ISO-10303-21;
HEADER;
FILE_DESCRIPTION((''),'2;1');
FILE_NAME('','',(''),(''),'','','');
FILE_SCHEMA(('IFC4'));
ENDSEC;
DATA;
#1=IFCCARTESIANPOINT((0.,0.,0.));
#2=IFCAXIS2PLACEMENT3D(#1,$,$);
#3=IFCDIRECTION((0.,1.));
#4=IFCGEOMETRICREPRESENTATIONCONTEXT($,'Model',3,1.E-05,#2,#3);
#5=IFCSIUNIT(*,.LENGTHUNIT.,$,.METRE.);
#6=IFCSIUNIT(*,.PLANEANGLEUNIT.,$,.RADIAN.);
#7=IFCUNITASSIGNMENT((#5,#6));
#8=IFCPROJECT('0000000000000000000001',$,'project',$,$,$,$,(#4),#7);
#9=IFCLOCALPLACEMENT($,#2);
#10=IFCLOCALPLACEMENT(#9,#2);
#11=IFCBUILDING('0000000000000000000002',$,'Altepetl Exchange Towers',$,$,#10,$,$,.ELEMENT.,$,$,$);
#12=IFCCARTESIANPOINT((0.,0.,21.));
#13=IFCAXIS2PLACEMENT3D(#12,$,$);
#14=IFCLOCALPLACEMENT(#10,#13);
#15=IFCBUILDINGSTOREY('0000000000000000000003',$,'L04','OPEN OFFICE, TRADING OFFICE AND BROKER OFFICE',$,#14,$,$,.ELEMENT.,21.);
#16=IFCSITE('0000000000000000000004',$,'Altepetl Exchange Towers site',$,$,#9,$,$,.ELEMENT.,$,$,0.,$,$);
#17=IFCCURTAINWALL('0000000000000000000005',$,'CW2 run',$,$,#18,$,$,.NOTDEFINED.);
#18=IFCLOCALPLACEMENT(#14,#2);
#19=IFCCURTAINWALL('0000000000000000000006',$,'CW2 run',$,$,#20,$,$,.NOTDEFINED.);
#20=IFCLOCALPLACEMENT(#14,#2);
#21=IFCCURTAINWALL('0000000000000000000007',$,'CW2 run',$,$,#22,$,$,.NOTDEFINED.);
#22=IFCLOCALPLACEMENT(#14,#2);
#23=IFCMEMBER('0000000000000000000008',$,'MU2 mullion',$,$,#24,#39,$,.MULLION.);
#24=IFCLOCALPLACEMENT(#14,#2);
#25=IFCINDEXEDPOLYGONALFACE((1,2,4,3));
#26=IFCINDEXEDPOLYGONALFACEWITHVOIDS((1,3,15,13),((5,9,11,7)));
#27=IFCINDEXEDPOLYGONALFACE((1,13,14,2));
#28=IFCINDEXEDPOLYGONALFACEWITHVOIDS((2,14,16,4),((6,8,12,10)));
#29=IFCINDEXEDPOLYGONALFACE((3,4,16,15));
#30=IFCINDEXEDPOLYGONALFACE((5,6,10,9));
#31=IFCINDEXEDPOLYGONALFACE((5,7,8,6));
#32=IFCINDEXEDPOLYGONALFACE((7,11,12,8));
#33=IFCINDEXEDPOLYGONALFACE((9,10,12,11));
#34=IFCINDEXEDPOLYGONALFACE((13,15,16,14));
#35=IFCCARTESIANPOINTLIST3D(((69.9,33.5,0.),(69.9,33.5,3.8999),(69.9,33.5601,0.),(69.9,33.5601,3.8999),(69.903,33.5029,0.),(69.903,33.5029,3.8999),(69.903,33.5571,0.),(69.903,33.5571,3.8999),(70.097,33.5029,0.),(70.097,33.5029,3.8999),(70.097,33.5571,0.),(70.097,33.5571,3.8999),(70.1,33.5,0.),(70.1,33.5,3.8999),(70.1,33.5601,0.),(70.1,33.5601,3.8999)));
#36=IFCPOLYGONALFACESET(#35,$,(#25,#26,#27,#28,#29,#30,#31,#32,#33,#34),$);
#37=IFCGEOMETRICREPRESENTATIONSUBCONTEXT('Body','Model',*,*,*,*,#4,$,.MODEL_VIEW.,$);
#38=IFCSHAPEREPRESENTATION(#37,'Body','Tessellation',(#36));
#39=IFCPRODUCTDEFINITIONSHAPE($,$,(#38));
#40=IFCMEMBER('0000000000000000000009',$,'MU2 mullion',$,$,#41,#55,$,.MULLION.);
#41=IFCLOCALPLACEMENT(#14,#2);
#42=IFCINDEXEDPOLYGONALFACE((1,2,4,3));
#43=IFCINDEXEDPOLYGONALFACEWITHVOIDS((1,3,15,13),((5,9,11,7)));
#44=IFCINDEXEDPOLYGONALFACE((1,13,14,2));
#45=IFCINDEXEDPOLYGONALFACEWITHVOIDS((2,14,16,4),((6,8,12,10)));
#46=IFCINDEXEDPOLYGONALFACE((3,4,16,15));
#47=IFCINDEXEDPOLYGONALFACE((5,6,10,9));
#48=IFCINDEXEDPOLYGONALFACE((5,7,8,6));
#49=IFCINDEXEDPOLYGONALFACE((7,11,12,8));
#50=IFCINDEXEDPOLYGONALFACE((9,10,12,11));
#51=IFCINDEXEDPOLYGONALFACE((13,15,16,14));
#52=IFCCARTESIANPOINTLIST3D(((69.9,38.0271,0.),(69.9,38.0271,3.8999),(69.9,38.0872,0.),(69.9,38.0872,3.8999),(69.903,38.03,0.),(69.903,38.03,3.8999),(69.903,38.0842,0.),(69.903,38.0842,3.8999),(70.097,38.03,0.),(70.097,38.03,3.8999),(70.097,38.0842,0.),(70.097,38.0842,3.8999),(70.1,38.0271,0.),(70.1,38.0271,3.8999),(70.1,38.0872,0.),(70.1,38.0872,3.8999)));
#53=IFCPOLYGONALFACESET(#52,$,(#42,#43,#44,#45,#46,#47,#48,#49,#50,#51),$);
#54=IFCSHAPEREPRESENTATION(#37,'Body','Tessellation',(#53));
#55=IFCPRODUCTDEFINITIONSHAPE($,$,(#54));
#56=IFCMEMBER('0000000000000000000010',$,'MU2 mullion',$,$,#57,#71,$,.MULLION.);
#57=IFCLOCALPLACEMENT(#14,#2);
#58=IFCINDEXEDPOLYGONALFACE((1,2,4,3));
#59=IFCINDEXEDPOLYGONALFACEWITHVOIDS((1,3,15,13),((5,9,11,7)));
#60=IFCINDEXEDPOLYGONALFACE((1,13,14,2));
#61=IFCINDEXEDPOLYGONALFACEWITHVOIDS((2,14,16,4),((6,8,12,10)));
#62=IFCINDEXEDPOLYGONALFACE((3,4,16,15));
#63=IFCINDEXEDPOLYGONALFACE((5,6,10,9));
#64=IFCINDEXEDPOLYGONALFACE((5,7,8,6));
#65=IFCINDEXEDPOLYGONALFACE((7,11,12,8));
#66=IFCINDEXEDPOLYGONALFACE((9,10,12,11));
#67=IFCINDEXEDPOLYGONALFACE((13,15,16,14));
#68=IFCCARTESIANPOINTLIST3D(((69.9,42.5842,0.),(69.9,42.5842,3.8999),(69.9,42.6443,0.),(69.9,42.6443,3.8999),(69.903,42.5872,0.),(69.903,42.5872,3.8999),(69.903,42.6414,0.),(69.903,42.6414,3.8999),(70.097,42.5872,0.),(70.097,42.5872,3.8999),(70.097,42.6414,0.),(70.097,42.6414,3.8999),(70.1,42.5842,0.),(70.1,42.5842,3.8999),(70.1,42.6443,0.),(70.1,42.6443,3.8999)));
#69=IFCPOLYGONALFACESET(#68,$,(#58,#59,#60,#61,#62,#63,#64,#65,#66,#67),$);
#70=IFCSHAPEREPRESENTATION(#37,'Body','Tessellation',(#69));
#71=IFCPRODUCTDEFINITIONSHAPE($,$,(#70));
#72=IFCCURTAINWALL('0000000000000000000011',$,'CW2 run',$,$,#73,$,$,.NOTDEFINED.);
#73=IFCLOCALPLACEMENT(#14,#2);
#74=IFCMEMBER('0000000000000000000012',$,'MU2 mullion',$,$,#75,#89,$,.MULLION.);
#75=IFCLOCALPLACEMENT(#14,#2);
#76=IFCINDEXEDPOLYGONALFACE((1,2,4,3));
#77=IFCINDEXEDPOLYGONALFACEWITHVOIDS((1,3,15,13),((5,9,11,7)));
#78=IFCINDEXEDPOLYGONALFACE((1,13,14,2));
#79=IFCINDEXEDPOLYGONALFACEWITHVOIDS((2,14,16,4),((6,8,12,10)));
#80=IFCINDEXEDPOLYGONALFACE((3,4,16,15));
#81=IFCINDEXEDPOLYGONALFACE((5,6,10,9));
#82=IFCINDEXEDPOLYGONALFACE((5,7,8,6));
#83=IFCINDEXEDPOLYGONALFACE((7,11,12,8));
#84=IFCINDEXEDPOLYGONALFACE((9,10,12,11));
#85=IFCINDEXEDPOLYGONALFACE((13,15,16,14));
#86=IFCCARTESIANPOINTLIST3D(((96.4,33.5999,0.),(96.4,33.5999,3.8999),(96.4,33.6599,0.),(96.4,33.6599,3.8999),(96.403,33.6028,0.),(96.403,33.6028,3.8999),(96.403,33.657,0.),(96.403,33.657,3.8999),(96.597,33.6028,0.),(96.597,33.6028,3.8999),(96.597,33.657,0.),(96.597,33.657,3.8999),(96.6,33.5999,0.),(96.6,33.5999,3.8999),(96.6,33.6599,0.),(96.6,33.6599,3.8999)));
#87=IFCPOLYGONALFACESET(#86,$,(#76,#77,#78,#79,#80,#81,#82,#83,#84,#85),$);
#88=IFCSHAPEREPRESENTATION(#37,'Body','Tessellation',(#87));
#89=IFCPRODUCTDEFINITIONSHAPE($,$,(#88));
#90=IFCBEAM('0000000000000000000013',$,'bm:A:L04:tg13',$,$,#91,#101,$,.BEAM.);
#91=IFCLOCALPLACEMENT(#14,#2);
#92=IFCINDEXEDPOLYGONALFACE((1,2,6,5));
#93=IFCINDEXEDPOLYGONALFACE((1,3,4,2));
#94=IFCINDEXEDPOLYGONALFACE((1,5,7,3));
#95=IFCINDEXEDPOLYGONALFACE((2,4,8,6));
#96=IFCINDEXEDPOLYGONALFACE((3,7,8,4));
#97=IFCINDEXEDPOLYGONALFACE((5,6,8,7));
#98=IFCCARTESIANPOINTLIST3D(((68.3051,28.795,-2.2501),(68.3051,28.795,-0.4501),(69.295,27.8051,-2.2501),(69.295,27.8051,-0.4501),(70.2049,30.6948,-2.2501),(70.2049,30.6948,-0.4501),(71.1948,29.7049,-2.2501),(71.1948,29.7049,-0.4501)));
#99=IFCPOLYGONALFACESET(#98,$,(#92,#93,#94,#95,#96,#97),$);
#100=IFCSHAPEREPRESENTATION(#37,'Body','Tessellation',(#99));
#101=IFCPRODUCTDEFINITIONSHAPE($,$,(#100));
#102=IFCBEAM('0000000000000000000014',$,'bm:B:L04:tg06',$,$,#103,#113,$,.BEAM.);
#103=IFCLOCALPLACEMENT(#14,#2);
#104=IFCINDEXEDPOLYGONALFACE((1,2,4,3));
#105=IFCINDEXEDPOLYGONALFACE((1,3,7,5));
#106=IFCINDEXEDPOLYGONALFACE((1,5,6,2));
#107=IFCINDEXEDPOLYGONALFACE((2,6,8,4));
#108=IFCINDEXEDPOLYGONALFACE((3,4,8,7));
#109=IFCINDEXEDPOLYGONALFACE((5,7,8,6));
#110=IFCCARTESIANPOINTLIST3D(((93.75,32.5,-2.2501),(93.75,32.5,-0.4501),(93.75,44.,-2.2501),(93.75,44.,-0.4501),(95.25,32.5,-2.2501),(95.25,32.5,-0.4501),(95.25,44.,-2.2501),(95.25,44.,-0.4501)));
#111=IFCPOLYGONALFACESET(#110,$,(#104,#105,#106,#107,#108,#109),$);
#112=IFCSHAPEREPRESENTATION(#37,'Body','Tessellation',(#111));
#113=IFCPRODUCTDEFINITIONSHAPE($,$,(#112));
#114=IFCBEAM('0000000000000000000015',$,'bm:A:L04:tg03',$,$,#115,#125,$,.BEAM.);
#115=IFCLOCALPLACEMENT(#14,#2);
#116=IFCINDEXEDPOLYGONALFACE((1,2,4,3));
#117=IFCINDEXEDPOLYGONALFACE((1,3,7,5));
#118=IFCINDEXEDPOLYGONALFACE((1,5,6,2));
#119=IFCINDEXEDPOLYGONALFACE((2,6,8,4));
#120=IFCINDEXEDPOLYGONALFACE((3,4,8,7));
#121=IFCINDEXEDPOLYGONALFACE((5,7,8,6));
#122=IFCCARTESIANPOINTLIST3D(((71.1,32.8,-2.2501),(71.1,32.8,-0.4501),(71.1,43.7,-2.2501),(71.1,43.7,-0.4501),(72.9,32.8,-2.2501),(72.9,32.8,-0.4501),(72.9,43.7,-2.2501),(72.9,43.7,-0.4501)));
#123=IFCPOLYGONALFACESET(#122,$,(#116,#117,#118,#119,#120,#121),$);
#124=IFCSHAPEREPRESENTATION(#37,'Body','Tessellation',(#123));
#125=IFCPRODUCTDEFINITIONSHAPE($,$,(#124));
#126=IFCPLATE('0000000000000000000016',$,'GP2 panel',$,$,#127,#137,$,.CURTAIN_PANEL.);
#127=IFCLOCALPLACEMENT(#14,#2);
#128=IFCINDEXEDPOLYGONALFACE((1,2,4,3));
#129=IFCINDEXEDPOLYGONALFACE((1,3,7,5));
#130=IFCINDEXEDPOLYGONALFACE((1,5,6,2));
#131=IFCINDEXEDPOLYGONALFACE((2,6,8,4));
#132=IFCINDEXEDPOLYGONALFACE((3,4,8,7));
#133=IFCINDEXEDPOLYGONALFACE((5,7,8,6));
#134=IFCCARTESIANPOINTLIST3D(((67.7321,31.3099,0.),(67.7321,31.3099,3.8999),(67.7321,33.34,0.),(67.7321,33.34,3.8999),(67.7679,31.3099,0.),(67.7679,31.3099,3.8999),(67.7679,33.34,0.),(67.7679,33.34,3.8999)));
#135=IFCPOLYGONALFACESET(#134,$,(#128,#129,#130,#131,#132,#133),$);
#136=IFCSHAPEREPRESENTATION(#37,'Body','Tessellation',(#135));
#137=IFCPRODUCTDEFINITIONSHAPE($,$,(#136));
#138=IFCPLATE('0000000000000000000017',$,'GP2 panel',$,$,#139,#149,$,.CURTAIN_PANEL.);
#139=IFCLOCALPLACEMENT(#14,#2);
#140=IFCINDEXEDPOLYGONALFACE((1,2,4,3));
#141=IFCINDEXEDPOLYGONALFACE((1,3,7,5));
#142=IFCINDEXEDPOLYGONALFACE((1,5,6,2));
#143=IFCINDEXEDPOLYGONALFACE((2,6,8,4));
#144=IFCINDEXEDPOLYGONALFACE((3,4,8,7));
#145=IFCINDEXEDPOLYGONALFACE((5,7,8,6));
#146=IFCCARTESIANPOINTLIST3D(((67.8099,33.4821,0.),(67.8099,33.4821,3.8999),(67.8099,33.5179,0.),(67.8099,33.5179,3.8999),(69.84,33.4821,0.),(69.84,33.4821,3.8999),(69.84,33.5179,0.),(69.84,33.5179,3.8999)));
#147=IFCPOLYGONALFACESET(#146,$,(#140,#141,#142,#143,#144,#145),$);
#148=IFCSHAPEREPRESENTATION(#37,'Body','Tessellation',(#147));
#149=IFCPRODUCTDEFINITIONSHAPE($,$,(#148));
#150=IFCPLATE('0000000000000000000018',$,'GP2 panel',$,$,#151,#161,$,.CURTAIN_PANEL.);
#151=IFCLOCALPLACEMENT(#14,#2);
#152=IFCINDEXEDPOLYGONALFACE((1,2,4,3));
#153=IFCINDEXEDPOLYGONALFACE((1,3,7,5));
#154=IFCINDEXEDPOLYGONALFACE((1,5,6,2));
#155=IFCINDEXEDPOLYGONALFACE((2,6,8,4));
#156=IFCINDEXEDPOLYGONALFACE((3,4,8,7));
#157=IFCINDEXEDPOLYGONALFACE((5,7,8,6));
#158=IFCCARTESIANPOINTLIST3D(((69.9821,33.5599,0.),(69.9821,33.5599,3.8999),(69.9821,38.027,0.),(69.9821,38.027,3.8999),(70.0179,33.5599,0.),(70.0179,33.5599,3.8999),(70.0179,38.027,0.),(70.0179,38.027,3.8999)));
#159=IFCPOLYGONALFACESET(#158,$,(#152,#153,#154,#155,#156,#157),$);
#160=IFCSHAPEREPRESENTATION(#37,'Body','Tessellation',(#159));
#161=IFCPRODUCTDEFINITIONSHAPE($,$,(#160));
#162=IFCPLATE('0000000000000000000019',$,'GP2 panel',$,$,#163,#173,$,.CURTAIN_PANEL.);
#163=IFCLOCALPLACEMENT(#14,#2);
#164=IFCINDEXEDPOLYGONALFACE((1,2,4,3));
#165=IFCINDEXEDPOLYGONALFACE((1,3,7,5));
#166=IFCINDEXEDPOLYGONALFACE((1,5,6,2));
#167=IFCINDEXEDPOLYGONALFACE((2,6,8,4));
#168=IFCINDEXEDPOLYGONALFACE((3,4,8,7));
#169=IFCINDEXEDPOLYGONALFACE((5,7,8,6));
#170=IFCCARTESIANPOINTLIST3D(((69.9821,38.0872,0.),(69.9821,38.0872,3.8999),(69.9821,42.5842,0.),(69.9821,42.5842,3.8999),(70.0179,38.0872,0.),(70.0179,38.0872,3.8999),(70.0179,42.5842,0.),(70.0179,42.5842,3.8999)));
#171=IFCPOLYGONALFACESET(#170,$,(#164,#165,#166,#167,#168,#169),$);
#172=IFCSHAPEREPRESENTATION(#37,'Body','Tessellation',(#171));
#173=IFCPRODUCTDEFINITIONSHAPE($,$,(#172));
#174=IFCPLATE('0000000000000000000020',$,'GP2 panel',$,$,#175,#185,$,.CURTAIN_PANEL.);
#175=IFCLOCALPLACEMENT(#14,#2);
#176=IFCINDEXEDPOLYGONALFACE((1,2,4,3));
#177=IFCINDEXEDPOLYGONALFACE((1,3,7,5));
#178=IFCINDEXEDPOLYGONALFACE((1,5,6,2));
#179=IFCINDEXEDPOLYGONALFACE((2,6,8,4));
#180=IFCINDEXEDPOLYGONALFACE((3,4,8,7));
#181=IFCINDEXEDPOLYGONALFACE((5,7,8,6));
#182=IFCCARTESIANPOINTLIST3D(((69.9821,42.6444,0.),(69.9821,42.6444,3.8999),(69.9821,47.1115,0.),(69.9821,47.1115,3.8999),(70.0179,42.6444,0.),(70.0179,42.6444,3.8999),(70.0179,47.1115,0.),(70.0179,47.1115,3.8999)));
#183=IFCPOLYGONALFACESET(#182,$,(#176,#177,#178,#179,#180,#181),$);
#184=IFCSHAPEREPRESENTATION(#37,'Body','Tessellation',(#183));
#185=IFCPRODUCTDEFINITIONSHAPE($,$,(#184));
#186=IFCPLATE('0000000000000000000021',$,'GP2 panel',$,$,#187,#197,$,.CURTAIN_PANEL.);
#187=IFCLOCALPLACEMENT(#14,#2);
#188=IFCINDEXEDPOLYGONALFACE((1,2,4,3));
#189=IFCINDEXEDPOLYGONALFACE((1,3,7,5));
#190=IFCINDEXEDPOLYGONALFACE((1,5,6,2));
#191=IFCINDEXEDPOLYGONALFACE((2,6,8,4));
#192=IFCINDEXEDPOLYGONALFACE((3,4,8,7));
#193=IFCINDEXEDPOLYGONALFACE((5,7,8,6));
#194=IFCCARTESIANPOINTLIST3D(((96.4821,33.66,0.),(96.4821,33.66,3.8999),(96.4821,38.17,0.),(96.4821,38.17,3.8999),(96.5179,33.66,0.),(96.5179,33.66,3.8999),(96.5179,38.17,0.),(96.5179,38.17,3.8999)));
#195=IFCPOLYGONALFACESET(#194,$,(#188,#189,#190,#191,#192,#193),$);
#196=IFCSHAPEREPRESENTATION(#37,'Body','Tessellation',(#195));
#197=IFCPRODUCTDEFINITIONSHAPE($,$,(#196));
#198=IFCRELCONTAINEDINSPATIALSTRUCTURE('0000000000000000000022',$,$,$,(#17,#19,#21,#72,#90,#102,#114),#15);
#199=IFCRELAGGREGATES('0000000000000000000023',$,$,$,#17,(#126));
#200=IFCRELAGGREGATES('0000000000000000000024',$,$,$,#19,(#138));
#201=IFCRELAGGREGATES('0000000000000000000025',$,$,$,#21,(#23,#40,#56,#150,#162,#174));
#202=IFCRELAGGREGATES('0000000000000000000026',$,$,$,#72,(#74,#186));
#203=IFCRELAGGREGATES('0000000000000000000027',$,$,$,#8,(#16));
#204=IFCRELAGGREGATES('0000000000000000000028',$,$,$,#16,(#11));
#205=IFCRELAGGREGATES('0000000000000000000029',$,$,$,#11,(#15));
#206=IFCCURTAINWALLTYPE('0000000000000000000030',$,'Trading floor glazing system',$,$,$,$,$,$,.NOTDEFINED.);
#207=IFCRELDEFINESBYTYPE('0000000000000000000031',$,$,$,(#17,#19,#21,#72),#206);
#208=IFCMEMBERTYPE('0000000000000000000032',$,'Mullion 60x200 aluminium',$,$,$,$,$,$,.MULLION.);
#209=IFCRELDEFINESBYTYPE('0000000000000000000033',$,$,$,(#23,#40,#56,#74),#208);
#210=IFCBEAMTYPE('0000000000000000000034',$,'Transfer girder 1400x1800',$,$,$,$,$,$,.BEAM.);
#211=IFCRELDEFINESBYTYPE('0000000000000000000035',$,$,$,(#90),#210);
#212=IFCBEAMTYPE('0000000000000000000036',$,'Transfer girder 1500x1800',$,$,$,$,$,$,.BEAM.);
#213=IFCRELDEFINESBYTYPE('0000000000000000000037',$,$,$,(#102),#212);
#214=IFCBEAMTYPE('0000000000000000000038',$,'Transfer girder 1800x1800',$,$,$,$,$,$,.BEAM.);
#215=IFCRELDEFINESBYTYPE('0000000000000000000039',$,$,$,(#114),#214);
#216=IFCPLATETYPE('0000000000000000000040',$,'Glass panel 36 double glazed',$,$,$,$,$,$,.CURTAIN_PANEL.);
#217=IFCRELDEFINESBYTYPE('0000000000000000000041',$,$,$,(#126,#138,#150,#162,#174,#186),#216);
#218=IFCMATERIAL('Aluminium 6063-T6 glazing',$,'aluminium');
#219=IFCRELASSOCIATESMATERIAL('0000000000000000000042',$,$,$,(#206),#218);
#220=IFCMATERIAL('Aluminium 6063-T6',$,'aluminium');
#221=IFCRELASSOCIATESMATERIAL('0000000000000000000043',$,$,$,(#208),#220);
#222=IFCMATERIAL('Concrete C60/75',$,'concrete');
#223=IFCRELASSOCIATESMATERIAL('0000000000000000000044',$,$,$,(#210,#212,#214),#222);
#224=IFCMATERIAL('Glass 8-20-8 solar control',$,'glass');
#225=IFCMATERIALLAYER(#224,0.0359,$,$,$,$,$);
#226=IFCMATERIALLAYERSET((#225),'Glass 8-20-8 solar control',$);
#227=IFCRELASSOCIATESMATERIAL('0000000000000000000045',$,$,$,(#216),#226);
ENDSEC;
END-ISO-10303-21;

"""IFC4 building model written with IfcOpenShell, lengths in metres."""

from ifc_helpers import new_model, si_unit, direction, frame, origin, origin_2d, place, context, subcontext, project, spatial, rectangle, hollow_rectangle, extrude, material, layer, layer_set, material_profile, profile_set, type_object, element, aggregate, save


model = new_model("IFC4")

# Units and contexts
model_context = context("Model", 3, precision=1e-05, world=origin(), true_north=direction((0.0, 1.0)))
body_context = subcontext(model_context, "Body", "Model", "MODEL_VIEW")
ifc_project = project(units=[si_unit("LENGTHUNIT", "METRE"), si_unit("PLANEANGLEUNIT", "RADIAN")], contexts=[model_context])

# Site, building, storey
site_placement = place(None, origin())
site = spatial("IfcSite", under=ifc_project, at=site_placement, Name="Altepetl Exchange Towers site", CompositionType="ELEMENT", RefElevation=0.0)
building_placement = place(site_placement, origin())
building = spatial("IfcBuilding", under=site, at=building_placement, Name="Altepetl Exchange Towers", CompositionType="ELEMENT")
storey_placement = place(building_placement, frame((0.0, 0.0, 21.0)))
storey = spatial("IfcBuildingStorey", under=building, at=storey_placement, Name="L04", Description="OPEN OFFICE, TRADING OFFICE AND BROKER OFFICE", CompositionType="ELEMENT", Elevation=21.0)

# Shared definitions
ifc_material_1 = material(Name="Aluminium 6063-T6 glazing", Category="aluminium")
curtain_wall_type = type_object("IfcCurtainWallType", Name="Trading floor glazing system", PredefinedType="NOTDEFINED", material=ifc_material_1)
ifc_material_2 = material(Name="Aluminium 6063-T6", Category="aluminium")
ifc_material_profile_1 = material_profile(ifc_material_2, hollow_rectangle(XDim=0.0601, YDim=0.2, WallThickness=0.0029, at=origin_2d()), Name="Mullion 60x200 aluminium")
ifc_profile_set_1 = profile_set([ifc_material_profile_1], Name="Aluminium 6063-T6")
member_type = type_object("IfcMemberType", Name="Mullion 60x200 aluminium", PredefinedType="MULLION", material=ifc_profile_set_1)

# Curtain walls, members
curtain_wall_1_placement = place(storey_placement, origin())
curtain_wall_1 = element("IfcCurtainWall", 1, at=curtain_wall_1_placement, inside=storey, type_object=curtain_wall_type, Name="CW2 run", PredefinedType="NOTDEFINED")
curtain_wall_2_placement = place(storey_placement, origin())
curtain_wall_2 = element("IfcCurtainWall", 2, at=curtain_wall_2_placement, inside=storey, type_object=curtain_wall_type, Name="CW2 run", PredefinedType="NOTDEFINED")
curtain_wall_3_placement = place(storey_placement, origin())
curtain_wall_3 = element("IfcCurtainWall", 3, at=curtain_wall_3_placement, inside=storey, type_object=curtain_wall_type, Name="CW2 run", PredefinedType="NOTDEFINED")
member_1_placement = place(storey_placement, frame((70.0, 33.53, 0.0), z_axis=(0.0, 0.0, 1.0), x_axis=(0.0, 1.0, 0.0)))
member_1 = element("IfcMember", 4, at=member_1_placement, type_object=member_type, Name="MU2 mullion", PredefinedType="MULLION", context=body_context, shape_type="SweptSolid", body=[
    extrude(hollow_rectangle(XDim=0.0601, YDim=0.2, WallThickness=0.0029, at=origin_2d()), origin(), (0.0, 0.0, 1.0), 3.8999),
])
member_2_placement = place(storey_placement, frame((70.0, 38.0571, 0.0), z_axis=(0.0, 0.0, 1.0), x_axis=(0.0, 1.0, 0.0)))
member_2 = element("IfcMember", 5, at=member_2_placement, type_object=member_type, Name="MU2 mullion", PredefinedType="MULLION", context=body_context, shape_type="SweptSolid", body=[
    extrude(hollow_rectangle(XDim=0.0601, YDim=0.2, WallThickness=0.0029, at=origin_2d()), origin(), (0.0, 0.0, 1.0), 3.8999),
])
member_3_placement = place(storey_placement, frame((70.0, 42.6143, 0.0), z_axis=(0.0, 0.0, 1.0), x_axis=(0.0, 1.0, 0.0)))
member_3 = element("IfcMember", 6, at=member_3_placement, type_object=member_type, Name="MU2 mullion", PredefinedType="MULLION", context=body_context, shape_type="SweptSolid", body=[
    extrude(hollow_rectangle(XDim=0.0601, YDim=0.2, WallThickness=0.0029, at=origin_2d()), origin(), (0.0, 0.0, 1.0), 3.8999),
])

# Curtain wall, member
curtain_wall_4_placement = place(storey_placement, origin())
curtain_wall_4 = element("IfcCurtainWall", 7, at=curtain_wall_4_placement, inside=storey, type_object=curtain_wall_type, Name="CW2 run", PredefinedType="NOTDEFINED")
member_4_placement = place(storey_placement, frame((96.5, 33.6299, 0.0), z_axis=(0.0, 0.0, 1.0), x_axis=(0.0, -1.0, 0.0)))
member_4 = element("IfcMember", 8, at=member_4_placement, type_object=member_type, Name="MU2 mullion", PredefinedType="MULLION", context=body_context, shape_type="SweptSolid", body=[
    extrude(hollow_rectangle(XDim=0.0601, YDim=0.2, WallThickness=0.0029, at=origin_2d()), origin(), (0.0, 0.0, 1.0), 3.8999),
])

# Beams
ifc_material_3 = material(Name="Concrete C60/75", Category="concrete")
ifc_material_profile_2 = material_profile(ifc_material_3, rectangle(XDim=1.3999, YDim=1.8, at=origin_2d()), Name="1400 x 1800")
ifc_profile_set_2 = profile_set([ifc_material_profile_2], Name="Concrete C60/75")
beam_type_1 = type_object("IfcBeamType", Name="Transfer girder 1400x1800", PredefinedType="BEAM", material=ifc_profile_set_2)
beam_1_placement = place(storey_placement, frame((68.8, 28.3, -1.3501), z_axis=(0.707107, 0.707107, 0.0), x_axis=(-0.707107, 0.707107, 0.0)))
element("IfcBeam", 9, at=beam_1_placement, inside=storey, type_object=beam_type_1, Name="bm:A:L04:tg13", PredefinedType="BEAM", context=body_context, shape_type="SweptSolid", body=[
    extrude(rectangle(XDim=1.3999, YDim=1.8, at=origin_2d()), origin(), (0.0, 0.0, 1.0), 2.6868),
])
ifc_material_profile_3 = material_profile(ifc_material_3, rectangle(XDim=1.5, YDim=1.8, at=origin_2d()), Name="1500 x 1800")
ifc_profile_set_3 = profile_set([ifc_material_profile_3], Name="Concrete C60/75")
beam_type_2 = type_object("IfcBeamType", Name="Transfer girder 1500x1800", PredefinedType="BEAM", material=ifc_profile_set_3)
beam_2_placement = place(storey_placement, frame((94.5, 32.5, -1.3501), z_axis=(0.0, 1.0, 0.0), x_axis=(-1.0, 0.0, 0.0)))
element("IfcBeam", 10, at=beam_2_placement, inside=storey, type_object=beam_type_2, Name="bm:B:L04:tg06", PredefinedType="BEAM", context=body_context, shape_type="SweptSolid", body=[
    extrude(rectangle(XDim=1.5, YDim=1.8, at=origin_2d()), origin(), (0.0, 0.0, 1.0), 11.5),
])
ifc_material_profile_4 = material_profile(ifc_material_3, rectangle(XDim=1.8, YDim=1.8, at=origin_2d()), Name="1800 x 1800")
ifc_profile_set_4 = profile_set([ifc_material_profile_4], Name="Concrete C60/75")
beam_type_3 = type_object("IfcBeamType", Name="Transfer girder 1800x1800", PredefinedType="BEAM", material=ifc_profile_set_4)
beam_3_placement = place(storey_placement, frame((72.0, 32.8, -1.3501), z_axis=(0.0, 1.0, 0.0), x_axis=(-1.0, 0.0, 0.0)))
element("IfcBeam", 11, at=beam_3_placement, inside=storey, type_object=beam_type_3, Name="bm:A:L04:tg03", PredefinedType="BEAM", context=body_context, shape_type="SweptSolid", body=[
    extrude(rectangle(XDim=1.8, YDim=1.8, at=origin_2d()), origin(), (0.0, 0.0, 1.0), 10.8999),
])

# Plates
ifc_material_4 = material(Name="Glass 8-20-8 solar control", Category="glass")
ifc_layer = layer(ifc_material_4, 0.0359)
ifc_layer_set = layer_set([ifc_layer], Name="Glass 8-20-8 solar control")
plate_type = type_object("IfcPlateType", Name="Glass panel 36 double glazed", PredefinedType="CURTAIN_PANEL", material=ifc_layer_set)
plate_1_placement = place(storey_placement, frame((67.75, 32.325, 0.0), z_axis=(0.0, 0.0, 1.0), x_axis=(0.0, 1.0, 0.0)))
plate_1 = element("IfcPlate", 12, at=plate_1_placement, type_object=plate_type, Name="GP2 panel", PredefinedType="CURTAIN_PANEL", context=body_context, shape_type="SweptSolid", body=[
    extrude(rectangle(XDim=2.03, YDim=0.0359, at=origin_2d()), origin(), (0.0, 0.0, 1.0), 3.8999),
])
aggregate(curtain_wall_1, [plate_1])
plate_2_placement = place(storey_placement, frame((68.825, 33.5, 0.0)))
plate_2 = element("IfcPlate", 13, at=plate_2_placement, type_object=plate_type, Name="GP2 panel", PredefinedType="CURTAIN_PANEL", context=body_context, shape_type="SweptSolid", body=[
    extrude(rectangle(XDim=2.03, YDim=0.0359, at=origin_2d()), origin(), (0.0, 0.0, 1.0), 3.8999),
])
aggregate(curtain_wall_2, [plate_2])
plate_3_placement = place(storey_placement, frame((70.0, 35.7935, 0.0), z_axis=(0.0, 0.0, 1.0), x_axis=(0.0, 1.0, 0.0)))
plate_3 = element("IfcPlate", 14, at=plate_3_placement, type_object=plate_type, Name="GP2 panel", PredefinedType="CURTAIN_PANEL", context=body_context, shape_type="SweptSolid", body=[
    extrude(rectangle(XDim=4.467, YDim=0.0359, at=origin_2d()), origin(), (0.0, 0.0, 1.0), 3.8999),
])
plate_4_placement = place(storey_placement, frame((70.0, 40.3357, 0.0), z_axis=(0.0, 0.0, 1.0), x_axis=(0.0, 1.0, 0.0)))
plate_4 = element("IfcPlate", 15, at=plate_4_placement, type_object=plate_type, Name="GP2 panel", PredefinedType="CURTAIN_PANEL", context=body_context, shape_type="SweptSolid", body=[
    extrude(rectangle(XDim=4.4971, YDim=0.0359, at=origin_2d()), origin(), (0.0, 0.0, 1.0), 3.8999),
])
plate_5_placement = place(storey_placement, frame((70.0, 44.8779, 0.0), z_axis=(0.0, 0.0, 1.0), x_axis=(0.0, 1.0, 0.0)))
plate_5 = element("IfcPlate", 16, at=plate_5_placement, type_object=plate_type, Name="GP2 panel", PredefinedType="CURTAIN_PANEL", context=body_context, shape_type="SweptSolid", body=[
    extrude(rectangle(XDim=4.467, YDim=0.0359, at=origin_2d()), origin(), (0.0, 0.0, 1.0), 3.8999),
])
aggregate(curtain_wall_3, [member_1, member_2, member_3, plate_3, plate_4, plate_5])
plate_6_placement = place(storey_placement, frame((96.5, 35.915, 0.0), z_axis=(0.0, 0.0, 1.0), x_axis=(0.0, -1.0, 0.0)))
plate_6 = element("IfcPlate", 17, at=plate_6_placement, type_object=plate_type, Name="GP2 panel", PredefinedType="CURTAIN_PANEL", context=body_context, shape_type="SweptSolid", body=[
    extrude(rectangle(XDim=4.51, YDim=0.0359, at=origin_2d()), origin(), (0.0, 0.0, 1.0), 3.8999),
])
aggregate(curtain_wall_4, [member_4, plate_6])

save(model, "model.ifc")
